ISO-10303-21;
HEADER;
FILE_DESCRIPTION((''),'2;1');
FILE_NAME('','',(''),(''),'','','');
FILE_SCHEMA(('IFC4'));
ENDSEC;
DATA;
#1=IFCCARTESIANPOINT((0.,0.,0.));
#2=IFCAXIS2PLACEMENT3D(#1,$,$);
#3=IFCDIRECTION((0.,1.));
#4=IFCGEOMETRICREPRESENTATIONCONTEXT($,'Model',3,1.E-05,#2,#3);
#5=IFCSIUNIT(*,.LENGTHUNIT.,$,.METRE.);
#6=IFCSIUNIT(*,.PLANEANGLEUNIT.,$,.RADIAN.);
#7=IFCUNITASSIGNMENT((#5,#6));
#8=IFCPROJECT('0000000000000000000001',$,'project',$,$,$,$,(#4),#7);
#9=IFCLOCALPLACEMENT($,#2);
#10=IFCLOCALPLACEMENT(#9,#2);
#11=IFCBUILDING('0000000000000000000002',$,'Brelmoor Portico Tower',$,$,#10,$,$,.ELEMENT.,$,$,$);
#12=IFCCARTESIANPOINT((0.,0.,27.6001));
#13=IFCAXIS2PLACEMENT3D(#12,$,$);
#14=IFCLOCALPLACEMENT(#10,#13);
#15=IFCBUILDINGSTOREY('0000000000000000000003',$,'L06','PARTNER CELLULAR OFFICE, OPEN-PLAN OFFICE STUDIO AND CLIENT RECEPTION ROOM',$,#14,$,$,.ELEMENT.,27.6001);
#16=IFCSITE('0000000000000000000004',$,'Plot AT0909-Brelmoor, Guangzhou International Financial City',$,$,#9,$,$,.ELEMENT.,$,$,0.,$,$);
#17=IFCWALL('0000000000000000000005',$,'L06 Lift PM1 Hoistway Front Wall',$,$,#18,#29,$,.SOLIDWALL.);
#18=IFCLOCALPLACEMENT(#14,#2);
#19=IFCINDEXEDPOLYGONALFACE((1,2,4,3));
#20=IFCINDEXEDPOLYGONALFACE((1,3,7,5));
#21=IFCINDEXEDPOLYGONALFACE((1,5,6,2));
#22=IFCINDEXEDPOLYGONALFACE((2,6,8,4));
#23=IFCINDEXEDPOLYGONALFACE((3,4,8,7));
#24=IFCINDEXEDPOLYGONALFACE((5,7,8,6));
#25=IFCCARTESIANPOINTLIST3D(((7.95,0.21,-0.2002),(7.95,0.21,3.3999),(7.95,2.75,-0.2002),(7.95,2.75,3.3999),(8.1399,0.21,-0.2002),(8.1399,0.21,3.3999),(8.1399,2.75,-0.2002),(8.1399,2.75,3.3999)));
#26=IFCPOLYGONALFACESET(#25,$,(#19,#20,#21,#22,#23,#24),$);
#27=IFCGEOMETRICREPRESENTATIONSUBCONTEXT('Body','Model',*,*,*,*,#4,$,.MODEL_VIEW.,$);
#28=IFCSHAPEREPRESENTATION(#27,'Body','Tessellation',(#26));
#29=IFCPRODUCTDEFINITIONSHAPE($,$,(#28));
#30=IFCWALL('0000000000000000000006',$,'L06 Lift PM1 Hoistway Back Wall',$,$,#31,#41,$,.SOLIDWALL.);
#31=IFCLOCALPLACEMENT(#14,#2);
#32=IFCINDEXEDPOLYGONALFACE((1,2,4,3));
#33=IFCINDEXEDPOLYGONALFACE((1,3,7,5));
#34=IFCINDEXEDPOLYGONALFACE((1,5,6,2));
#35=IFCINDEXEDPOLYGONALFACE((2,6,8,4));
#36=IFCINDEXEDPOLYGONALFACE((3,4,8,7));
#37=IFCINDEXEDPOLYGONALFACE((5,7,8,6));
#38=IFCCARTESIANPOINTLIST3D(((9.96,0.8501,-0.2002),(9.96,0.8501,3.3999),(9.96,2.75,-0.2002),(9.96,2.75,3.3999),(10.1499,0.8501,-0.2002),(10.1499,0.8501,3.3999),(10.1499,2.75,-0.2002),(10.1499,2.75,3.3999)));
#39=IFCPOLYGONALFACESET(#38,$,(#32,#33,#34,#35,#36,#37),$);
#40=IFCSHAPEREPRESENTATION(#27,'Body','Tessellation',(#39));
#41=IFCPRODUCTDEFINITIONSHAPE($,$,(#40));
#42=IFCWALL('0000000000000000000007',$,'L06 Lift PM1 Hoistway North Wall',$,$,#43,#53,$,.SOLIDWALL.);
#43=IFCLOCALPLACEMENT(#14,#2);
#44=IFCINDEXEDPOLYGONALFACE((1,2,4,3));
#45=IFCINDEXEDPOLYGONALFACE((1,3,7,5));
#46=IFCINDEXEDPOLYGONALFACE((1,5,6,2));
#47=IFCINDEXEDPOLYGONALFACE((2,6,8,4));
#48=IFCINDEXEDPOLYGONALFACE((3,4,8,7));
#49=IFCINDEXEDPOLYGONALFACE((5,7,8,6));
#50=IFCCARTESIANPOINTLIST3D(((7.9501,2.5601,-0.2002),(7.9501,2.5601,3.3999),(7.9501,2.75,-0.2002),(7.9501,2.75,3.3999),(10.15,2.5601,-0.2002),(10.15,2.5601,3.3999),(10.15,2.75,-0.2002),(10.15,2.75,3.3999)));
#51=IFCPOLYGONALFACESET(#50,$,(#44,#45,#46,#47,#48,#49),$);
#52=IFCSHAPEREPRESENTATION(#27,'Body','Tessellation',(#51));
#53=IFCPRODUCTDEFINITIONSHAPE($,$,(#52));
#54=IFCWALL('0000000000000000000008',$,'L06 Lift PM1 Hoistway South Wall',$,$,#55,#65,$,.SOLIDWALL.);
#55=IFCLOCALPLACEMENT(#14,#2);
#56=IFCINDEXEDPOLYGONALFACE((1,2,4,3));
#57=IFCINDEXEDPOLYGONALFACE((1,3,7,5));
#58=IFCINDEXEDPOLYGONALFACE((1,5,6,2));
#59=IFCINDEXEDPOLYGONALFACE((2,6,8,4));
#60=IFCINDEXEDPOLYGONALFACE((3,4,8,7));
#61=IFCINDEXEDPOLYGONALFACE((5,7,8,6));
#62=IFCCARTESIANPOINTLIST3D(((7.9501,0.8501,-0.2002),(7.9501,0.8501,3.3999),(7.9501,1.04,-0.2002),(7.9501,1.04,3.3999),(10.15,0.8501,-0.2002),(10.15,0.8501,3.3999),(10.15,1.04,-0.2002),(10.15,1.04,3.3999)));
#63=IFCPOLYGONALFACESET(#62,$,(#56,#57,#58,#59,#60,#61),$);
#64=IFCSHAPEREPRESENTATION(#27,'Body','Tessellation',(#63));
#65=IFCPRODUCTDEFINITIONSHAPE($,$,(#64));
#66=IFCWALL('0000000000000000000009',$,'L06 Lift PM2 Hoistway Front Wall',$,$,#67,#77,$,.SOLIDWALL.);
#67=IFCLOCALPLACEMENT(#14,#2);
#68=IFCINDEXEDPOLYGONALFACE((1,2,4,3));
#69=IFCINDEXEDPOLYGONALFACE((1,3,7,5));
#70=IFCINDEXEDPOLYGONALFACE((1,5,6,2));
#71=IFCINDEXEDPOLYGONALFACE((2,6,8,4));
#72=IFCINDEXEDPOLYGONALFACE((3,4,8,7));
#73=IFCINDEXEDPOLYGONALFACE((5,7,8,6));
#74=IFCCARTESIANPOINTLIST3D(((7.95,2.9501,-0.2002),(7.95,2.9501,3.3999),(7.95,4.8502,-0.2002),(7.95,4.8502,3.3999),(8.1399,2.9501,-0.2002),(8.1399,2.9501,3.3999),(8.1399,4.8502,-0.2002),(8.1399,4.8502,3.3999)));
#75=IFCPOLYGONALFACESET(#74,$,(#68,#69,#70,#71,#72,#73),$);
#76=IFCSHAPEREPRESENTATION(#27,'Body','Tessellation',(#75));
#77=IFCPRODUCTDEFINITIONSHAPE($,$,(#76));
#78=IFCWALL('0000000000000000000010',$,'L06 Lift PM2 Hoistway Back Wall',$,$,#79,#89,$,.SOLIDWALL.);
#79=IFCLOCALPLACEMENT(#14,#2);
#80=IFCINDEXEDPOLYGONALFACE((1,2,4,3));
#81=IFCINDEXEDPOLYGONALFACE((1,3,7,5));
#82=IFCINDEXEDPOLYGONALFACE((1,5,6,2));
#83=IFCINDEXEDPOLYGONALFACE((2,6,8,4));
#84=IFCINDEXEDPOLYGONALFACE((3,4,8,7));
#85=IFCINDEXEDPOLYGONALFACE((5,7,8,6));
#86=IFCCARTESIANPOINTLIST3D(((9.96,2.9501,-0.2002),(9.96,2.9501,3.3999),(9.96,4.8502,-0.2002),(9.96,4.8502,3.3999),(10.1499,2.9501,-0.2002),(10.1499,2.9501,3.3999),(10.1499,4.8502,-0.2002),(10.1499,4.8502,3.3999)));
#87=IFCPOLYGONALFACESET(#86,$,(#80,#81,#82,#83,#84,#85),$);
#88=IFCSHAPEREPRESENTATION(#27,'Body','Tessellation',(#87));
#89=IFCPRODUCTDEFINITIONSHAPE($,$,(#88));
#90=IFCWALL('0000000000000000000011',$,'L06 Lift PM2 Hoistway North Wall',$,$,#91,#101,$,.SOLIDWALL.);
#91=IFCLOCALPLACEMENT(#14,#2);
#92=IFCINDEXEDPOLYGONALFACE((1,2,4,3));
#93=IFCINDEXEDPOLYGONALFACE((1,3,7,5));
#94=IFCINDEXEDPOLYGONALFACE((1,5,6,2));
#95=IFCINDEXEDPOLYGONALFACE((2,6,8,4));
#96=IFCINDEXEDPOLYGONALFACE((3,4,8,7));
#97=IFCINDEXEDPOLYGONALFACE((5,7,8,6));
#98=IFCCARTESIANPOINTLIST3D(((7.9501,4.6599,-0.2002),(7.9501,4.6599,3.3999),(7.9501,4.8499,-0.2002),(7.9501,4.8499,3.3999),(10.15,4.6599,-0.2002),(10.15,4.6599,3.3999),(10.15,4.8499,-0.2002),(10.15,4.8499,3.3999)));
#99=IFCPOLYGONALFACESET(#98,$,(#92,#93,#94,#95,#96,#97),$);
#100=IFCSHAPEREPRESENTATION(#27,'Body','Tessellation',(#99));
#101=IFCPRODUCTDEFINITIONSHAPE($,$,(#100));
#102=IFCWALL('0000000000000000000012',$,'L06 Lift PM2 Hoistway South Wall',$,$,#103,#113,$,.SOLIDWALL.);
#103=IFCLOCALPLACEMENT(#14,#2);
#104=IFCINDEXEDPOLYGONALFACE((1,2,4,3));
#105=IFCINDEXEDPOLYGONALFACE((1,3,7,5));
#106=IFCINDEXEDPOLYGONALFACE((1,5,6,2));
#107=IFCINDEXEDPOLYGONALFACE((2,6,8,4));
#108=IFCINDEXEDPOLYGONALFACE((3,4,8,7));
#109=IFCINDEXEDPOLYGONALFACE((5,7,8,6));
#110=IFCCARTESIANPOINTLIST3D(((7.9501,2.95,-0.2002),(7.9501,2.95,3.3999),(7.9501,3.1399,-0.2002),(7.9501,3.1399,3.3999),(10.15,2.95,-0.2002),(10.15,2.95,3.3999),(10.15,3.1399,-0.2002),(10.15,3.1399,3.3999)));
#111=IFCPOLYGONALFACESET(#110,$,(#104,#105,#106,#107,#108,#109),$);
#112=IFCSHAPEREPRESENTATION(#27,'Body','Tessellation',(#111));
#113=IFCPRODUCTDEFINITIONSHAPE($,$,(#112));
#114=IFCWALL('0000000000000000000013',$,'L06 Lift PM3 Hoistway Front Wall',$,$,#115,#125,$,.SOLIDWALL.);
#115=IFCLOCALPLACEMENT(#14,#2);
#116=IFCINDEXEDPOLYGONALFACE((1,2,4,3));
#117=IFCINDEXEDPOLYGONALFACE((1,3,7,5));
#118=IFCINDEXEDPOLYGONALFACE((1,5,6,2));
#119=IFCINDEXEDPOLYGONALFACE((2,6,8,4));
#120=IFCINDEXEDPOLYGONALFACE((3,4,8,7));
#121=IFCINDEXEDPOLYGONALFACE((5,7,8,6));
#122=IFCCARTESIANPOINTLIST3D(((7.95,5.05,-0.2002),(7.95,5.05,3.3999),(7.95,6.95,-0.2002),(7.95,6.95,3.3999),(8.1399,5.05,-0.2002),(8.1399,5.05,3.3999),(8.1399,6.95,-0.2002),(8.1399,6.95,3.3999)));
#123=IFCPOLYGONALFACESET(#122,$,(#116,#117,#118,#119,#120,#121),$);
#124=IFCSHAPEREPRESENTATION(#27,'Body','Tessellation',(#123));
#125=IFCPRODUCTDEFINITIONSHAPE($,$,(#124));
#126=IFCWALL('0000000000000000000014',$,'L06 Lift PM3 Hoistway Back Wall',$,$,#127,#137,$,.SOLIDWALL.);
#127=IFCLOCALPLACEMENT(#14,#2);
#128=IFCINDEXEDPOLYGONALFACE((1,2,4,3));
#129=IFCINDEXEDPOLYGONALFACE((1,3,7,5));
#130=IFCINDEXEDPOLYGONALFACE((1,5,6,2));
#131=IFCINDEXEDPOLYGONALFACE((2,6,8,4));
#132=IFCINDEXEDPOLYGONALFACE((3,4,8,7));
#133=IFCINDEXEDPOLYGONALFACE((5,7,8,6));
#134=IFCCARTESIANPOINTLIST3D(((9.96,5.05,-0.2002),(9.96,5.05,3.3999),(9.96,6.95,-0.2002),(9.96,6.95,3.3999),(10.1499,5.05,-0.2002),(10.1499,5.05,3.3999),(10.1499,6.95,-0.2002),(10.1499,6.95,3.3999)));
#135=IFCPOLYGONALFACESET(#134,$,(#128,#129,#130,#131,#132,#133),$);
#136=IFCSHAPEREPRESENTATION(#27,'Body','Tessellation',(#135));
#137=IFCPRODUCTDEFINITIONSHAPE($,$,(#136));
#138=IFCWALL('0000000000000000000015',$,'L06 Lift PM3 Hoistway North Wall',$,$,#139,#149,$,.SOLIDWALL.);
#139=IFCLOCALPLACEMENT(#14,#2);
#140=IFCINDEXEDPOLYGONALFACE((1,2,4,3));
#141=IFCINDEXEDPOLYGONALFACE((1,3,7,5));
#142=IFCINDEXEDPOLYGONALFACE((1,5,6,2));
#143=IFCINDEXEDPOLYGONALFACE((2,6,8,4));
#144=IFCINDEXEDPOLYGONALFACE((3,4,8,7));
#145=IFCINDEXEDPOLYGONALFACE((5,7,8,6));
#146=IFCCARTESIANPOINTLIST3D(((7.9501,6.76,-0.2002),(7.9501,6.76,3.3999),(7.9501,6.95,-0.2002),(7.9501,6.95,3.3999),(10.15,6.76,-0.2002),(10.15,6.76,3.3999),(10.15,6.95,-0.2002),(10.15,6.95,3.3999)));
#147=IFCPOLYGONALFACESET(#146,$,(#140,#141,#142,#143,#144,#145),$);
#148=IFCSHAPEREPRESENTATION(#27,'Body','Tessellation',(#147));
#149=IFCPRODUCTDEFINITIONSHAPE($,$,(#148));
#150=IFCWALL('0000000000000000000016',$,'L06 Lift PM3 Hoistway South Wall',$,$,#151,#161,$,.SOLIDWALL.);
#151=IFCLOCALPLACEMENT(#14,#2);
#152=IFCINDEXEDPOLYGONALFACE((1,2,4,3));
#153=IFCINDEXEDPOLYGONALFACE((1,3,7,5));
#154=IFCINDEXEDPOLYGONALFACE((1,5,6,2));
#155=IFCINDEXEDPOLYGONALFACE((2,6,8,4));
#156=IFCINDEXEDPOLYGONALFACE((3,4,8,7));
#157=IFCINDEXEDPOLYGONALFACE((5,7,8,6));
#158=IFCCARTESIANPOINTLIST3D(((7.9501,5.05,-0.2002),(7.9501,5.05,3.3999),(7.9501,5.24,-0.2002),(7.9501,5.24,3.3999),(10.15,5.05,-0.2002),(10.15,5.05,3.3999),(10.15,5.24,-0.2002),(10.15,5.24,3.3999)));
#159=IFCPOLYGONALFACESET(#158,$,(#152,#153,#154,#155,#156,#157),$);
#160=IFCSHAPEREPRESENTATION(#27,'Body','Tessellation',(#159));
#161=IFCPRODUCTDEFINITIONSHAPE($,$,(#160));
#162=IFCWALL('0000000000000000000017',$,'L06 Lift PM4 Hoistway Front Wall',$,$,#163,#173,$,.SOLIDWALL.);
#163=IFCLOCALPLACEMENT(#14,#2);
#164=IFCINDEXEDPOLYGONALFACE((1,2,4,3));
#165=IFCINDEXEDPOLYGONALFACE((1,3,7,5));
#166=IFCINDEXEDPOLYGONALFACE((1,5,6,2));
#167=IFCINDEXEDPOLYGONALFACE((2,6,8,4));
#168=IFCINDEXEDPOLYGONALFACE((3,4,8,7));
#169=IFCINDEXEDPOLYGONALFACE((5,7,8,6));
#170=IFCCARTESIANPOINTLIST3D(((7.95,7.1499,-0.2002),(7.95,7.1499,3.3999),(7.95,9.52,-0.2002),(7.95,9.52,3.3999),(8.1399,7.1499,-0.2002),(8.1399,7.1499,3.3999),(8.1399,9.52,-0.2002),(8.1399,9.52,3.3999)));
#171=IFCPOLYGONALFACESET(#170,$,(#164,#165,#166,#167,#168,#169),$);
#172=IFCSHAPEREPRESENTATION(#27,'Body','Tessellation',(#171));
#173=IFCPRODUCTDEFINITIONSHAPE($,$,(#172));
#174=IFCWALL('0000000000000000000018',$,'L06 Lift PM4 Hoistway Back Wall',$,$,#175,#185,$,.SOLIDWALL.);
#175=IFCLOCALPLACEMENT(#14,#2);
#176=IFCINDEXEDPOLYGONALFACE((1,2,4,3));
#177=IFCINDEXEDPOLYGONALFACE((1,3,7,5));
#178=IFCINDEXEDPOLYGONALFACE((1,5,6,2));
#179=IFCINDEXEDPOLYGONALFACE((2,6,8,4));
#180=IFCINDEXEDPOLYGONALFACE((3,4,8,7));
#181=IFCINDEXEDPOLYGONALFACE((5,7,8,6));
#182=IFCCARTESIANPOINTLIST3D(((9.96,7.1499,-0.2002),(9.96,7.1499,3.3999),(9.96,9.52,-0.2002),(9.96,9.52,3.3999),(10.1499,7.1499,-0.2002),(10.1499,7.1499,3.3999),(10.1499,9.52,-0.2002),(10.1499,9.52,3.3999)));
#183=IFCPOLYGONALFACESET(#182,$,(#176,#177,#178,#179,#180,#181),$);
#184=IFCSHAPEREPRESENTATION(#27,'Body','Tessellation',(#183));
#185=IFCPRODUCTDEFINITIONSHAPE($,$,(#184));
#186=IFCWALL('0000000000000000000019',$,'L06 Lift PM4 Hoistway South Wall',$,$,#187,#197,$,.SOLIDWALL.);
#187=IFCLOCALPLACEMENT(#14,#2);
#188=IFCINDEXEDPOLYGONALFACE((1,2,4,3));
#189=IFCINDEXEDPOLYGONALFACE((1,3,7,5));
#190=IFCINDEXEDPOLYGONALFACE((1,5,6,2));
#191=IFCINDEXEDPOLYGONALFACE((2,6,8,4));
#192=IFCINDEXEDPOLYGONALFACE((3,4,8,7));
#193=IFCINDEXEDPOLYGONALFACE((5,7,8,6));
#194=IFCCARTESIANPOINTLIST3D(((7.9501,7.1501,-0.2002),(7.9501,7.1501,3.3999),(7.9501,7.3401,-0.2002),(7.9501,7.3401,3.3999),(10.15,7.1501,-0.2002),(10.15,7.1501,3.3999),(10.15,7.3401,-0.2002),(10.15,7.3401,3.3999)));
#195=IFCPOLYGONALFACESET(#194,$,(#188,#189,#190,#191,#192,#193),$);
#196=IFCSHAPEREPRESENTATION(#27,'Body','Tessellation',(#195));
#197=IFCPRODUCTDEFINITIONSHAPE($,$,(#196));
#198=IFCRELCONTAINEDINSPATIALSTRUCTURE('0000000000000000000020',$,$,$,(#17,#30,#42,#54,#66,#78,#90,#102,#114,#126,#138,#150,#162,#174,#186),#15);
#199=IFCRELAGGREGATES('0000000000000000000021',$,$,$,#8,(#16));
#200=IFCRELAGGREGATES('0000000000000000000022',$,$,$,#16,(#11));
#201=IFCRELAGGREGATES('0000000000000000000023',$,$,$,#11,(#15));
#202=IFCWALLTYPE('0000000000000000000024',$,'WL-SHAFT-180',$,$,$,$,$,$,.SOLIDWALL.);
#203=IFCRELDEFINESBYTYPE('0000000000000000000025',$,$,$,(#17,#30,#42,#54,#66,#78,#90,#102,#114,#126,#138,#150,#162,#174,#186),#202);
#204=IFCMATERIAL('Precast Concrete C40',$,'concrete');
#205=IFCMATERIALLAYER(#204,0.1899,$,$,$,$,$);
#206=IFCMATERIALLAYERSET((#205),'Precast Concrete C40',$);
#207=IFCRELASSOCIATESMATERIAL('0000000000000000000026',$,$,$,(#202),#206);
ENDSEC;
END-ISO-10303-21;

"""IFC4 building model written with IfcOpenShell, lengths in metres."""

from ifc_helpers import new_model, si_unit, direction, frame, frame_2d, origin, place, context, subcontext, project, spatial, rectangle, extrude, material, layer, layer_set, type_object, element, save


model = new_model("IFC4")

# Units and contexts
model_context = context("Model", 3, precision=1e-05, world=origin(), true_north=direction((0.0, 1.0)))
body_context = subcontext(model_context, "Body", "Model", "MODEL_VIEW")
ifc_project = project(units=[si_unit("LENGTHUNIT", "METRE"), si_unit("PLANEANGLEUNIT", "RADIAN")], contexts=[model_context])

# Site, building, storey
site_placement = place(None, origin())
site = spatial("IfcSite", under=ifc_project, at=site_placement, Name="Plot AT0909-Brelmoor, Guangzhou International Financial City", CompositionType="ELEMENT", RefElevation=0.0)
building_placement = place(site_placement, origin())
building = spatial("IfcBuilding", under=site, at=building_placement, Name="Brelmoor Portico Tower", CompositionType="ELEMENT")
storey_placement = place(building_placement, frame((0.0, 0.0, 27.6001)))
storey = spatial("IfcBuildingStorey", under=building, at=storey_placement, Name="L06", Description="PARTNER CELLULAR OFFICE, OPEN-PLAN OFFICE STUDIO AND CLIENT RECEPTION ROOM", CompositionType="ELEMENT", Elevation=27.6001)

# Walls
ifc_material_1 = material(Name="Precast Concrete C40", Category="concrete")
ifc_layer_1 = layer(ifc_material_1, 0.1899)
ifc_layer_set_1 = layer_set([ifc_layer_1], Name="Precast Concrete C40")
wall_type_1 = type_object("IfcWallType", Name="WL-SHAFT-180", PredefinedType="SOLIDWALL", material=ifc_layer_set_1)
wall_1_placement = place(storey_placement, frame((8.0449, 0.21, -0.2002), z_axis=(0.0, 0.0, 1.0), x_axis=(0.0, 1.0, 0.0)))
element("IfcWall", 1, at=wall_1_placement, inside=storey, type_object=wall_type_1, Name="L06 Lift PM1 Hoistway Front Wall", PredefinedType="SOLIDWALL", context=body_context, shape_type="SweptSolid", body=[
    extrude(rectangle(XDim=2.54, YDim=0.1899, at=frame_2d((1.27, 0.0))), origin(), (0.0, 0.0, 1.0), 3.6001),
])
wall_2_placement = place(storey_placement, frame((10.0549, 0.8501, -0.2002), z_axis=(0.0, 0.0, 1.0), x_axis=(0.0, 1.0, 0.0)))
element("IfcWall", 2, at=wall_2_placement, inside=storey, type_object=wall_type_1, Name="L06 Lift PM1 Hoistway Back Wall", PredefinedType="SOLIDWALL", context=body_context, shape_type="SweptSolid", body=[
    extrude(rectangle(XDim=1.8999, YDim=0.1899, at=frame_2d((0.95, 0.0))), origin(), (0.0, 0.0, 1.0), 3.6001),
])
for number, where, z_axis, x_axis, name in (
    (3, (7.95, 2.655, -0.2002), (0.0, 0.0, 1.0), (1.0, 0.0, 0.0), "L06 Lift PM1 Hoistway North Wall"),
    (4, (7.95, 0.9451, -0.2002), (0.0, 0.0, 1.0), (1.0, 0.0, 0.0), "L06 Lift PM1 Hoistway South Wall"),
):
    element("IfcWall", number, at=place(storey_placement, frame(where, z_axis=z_axis, x_axis=x_axis)), inside=storey, type_object=wall_type_1, Name=name, PredefinedType="SOLIDWALL", context=body_context, shape_type="SweptSolid", body=[
        extrude(rectangle(XDim=2.2, YDim=0.1899, at=frame_2d((1.1001, 0.0))), origin(), (0.0, 0.0, 1.0), 3.6001),
    ])
for number, where, z_axis, x_axis, name in (
    (5, (8.0449, 2.95, -0.2002), (0.0, 0.0, 1.0), (0.0, 1.0, 0.0), "L06 Lift PM2 Hoistway Front Wall"),
    (6, (10.0549, 2.95, -0.2002), (0.0, 0.0, 1.0), (0.0, 1.0, 0.0), "L06 Lift PM2 Hoistway Back Wall"),
):
    element("IfcWall", number, at=place(storey_placement, frame(where, z_axis=z_axis, x_axis=x_axis)), inside=storey, type_object=wall_type_1, Name=name, PredefinedType="SOLIDWALL", context=body_context, shape_type="SweptSolid", body=[
        extrude(rectangle(XDim=1.9001, YDim=0.1899, at=frame_2d((0.9502, 0.0))), origin(), (0.0, 0.0, 1.0), 3.6001),
    ])
for number, where, z_axis, x_axis, name in (
    (7, (7.95, 4.7549, -0.2002), (0.0, 0.0, 1.0), (1.0, 0.0, 0.0), "L06 Lift PM2 Hoistway North Wall"),
    (8, (7.95, 3.0449, -0.2002), (0.0, 0.0, 1.0), (1.0, 0.0, 0.0), "L06 Lift PM2 Hoistway South Wall"),
):
    element("IfcWall", number, at=place(storey_placement, frame(where, z_axis=z_axis, x_axis=x_axis)), inside=storey, type_object=wall_type_1, Name=name, PredefinedType="SOLIDWALL", context=body_context, shape_type="SweptSolid", body=[
        extrude(rectangle(XDim=2.2, YDim=0.1899, at=frame_2d((1.1001, 0.0))), origin(), (0.0, 0.0, 1.0), 3.6001),
    ])
for number, where, z_axis, x_axis, name in (
    (9, (8.0449, 5.05, -0.2002), (0.0, 0.0, 1.0), (0.0, 1.0, 0.0), "L06 Lift PM3 Hoistway Front Wall"),
    (10, (10.0549, 5.05, -0.2002), (0.0, 0.0, 1.0), (0.0, 1.0, 0.0), "L06 Lift PM3 Hoistway Back Wall"),
):
    element("IfcWall", number, at=place(storey_placement, frame(where, z_axis=z_axis, x_axis=x_axis)), inside=storey, type_object=wall_type_1, Name=name, PredefinedType="SOLIDWALL", context=body_context, shape_type="SweptSolid", body=[
        extrude(rectangle(XDim=1.8999, YDim=0.1899, at=frame_2d((0.95, 0.0))), origin(), (0.0, 0.0, 1.0), 3.6001),
    ])
for number, where, z_axis, x_axis, name in (
    (11, (7.95, 6.855, -0.2002), (0.0, 0.0, 1.0), (1.0, 0.0, 0.0), "L06 Lift PM3 Hoistway North Wall"),
    (12, (7.95, 5.145, -0.2002), (0.0, 0.0, 1.0), (1.0, 0.0, 0.0), "L06 Lift PM3 Hoistway South Wall"),
):
    element("IfcWall", number, at=place(storey_placement, frame(where, z_axis=z_axis, x_axis=x_axis)), inside=storey, type_object=wall_type_1, Name=name, PredefinedType="SOLIDWALL", context=body_context, shape_type="SweptSolid", body=[
        extrude(rectangle(XDim=2.2, YDim=0.1899, at=frame_2d((1.1001, 0.0))), origin(), (0.0, 0.0, 1.0), 3.6001),
    ])
for number, where, z_axis, x_axis, name in (
    (13, (8.0449, 7.1499, -0.2002), (0.0, 0.0, 1.0), (0.0, 1.0, 0.0), "L06 Lift PM4 Hoistway Front Wall"),
    (14, (10.0549, 7.1499, -0.2002), (0.0, 0.0, 1.0), (0.0, 1.0, 0.0), "L06 Lift PM4 Hoistway Back Wall"),
):
    element("IfcWall", number, at=place(storey_placement, frame(where, z_axis=z_axis, x_axis=x_axis)), inside=storey, type_object=wall_type_1, Name=name, PredefinedType="SOLIDWALL", context=body_context, shape_type="SweptSolid", body=[
        extrude(rectangle(XDim=2.3701, YDim=0.1899, at=frame_2d((1.1851, 0.0))), origin(), (0.0, 0.0, 1.0), 3.6001),
    ])
wall_3_placement = place(storey_placement, frame((7.95, 7.2451, -0.2002), z_axis=(0.0, 0.0, 1.0), x_axis=(1.0, 0.0, 0.0)))
element("IfcWall", 15, at=wall_3_placement, inside=storey, type_object=wall_type_1, Name="L06 Lift PM4 Hoistway South Wall", PredefinedType="SOLIDWALL", context=body_context, shape_type="SweptSolid", body=[
    extrude(rectangle(XDim=2.2, YDim=0.1899, at=frame_2d((1.1001, 0.0))), origin(), (0.0, 0.0, 1.0), 3.6001),
])

save(model, "model.ifc")
